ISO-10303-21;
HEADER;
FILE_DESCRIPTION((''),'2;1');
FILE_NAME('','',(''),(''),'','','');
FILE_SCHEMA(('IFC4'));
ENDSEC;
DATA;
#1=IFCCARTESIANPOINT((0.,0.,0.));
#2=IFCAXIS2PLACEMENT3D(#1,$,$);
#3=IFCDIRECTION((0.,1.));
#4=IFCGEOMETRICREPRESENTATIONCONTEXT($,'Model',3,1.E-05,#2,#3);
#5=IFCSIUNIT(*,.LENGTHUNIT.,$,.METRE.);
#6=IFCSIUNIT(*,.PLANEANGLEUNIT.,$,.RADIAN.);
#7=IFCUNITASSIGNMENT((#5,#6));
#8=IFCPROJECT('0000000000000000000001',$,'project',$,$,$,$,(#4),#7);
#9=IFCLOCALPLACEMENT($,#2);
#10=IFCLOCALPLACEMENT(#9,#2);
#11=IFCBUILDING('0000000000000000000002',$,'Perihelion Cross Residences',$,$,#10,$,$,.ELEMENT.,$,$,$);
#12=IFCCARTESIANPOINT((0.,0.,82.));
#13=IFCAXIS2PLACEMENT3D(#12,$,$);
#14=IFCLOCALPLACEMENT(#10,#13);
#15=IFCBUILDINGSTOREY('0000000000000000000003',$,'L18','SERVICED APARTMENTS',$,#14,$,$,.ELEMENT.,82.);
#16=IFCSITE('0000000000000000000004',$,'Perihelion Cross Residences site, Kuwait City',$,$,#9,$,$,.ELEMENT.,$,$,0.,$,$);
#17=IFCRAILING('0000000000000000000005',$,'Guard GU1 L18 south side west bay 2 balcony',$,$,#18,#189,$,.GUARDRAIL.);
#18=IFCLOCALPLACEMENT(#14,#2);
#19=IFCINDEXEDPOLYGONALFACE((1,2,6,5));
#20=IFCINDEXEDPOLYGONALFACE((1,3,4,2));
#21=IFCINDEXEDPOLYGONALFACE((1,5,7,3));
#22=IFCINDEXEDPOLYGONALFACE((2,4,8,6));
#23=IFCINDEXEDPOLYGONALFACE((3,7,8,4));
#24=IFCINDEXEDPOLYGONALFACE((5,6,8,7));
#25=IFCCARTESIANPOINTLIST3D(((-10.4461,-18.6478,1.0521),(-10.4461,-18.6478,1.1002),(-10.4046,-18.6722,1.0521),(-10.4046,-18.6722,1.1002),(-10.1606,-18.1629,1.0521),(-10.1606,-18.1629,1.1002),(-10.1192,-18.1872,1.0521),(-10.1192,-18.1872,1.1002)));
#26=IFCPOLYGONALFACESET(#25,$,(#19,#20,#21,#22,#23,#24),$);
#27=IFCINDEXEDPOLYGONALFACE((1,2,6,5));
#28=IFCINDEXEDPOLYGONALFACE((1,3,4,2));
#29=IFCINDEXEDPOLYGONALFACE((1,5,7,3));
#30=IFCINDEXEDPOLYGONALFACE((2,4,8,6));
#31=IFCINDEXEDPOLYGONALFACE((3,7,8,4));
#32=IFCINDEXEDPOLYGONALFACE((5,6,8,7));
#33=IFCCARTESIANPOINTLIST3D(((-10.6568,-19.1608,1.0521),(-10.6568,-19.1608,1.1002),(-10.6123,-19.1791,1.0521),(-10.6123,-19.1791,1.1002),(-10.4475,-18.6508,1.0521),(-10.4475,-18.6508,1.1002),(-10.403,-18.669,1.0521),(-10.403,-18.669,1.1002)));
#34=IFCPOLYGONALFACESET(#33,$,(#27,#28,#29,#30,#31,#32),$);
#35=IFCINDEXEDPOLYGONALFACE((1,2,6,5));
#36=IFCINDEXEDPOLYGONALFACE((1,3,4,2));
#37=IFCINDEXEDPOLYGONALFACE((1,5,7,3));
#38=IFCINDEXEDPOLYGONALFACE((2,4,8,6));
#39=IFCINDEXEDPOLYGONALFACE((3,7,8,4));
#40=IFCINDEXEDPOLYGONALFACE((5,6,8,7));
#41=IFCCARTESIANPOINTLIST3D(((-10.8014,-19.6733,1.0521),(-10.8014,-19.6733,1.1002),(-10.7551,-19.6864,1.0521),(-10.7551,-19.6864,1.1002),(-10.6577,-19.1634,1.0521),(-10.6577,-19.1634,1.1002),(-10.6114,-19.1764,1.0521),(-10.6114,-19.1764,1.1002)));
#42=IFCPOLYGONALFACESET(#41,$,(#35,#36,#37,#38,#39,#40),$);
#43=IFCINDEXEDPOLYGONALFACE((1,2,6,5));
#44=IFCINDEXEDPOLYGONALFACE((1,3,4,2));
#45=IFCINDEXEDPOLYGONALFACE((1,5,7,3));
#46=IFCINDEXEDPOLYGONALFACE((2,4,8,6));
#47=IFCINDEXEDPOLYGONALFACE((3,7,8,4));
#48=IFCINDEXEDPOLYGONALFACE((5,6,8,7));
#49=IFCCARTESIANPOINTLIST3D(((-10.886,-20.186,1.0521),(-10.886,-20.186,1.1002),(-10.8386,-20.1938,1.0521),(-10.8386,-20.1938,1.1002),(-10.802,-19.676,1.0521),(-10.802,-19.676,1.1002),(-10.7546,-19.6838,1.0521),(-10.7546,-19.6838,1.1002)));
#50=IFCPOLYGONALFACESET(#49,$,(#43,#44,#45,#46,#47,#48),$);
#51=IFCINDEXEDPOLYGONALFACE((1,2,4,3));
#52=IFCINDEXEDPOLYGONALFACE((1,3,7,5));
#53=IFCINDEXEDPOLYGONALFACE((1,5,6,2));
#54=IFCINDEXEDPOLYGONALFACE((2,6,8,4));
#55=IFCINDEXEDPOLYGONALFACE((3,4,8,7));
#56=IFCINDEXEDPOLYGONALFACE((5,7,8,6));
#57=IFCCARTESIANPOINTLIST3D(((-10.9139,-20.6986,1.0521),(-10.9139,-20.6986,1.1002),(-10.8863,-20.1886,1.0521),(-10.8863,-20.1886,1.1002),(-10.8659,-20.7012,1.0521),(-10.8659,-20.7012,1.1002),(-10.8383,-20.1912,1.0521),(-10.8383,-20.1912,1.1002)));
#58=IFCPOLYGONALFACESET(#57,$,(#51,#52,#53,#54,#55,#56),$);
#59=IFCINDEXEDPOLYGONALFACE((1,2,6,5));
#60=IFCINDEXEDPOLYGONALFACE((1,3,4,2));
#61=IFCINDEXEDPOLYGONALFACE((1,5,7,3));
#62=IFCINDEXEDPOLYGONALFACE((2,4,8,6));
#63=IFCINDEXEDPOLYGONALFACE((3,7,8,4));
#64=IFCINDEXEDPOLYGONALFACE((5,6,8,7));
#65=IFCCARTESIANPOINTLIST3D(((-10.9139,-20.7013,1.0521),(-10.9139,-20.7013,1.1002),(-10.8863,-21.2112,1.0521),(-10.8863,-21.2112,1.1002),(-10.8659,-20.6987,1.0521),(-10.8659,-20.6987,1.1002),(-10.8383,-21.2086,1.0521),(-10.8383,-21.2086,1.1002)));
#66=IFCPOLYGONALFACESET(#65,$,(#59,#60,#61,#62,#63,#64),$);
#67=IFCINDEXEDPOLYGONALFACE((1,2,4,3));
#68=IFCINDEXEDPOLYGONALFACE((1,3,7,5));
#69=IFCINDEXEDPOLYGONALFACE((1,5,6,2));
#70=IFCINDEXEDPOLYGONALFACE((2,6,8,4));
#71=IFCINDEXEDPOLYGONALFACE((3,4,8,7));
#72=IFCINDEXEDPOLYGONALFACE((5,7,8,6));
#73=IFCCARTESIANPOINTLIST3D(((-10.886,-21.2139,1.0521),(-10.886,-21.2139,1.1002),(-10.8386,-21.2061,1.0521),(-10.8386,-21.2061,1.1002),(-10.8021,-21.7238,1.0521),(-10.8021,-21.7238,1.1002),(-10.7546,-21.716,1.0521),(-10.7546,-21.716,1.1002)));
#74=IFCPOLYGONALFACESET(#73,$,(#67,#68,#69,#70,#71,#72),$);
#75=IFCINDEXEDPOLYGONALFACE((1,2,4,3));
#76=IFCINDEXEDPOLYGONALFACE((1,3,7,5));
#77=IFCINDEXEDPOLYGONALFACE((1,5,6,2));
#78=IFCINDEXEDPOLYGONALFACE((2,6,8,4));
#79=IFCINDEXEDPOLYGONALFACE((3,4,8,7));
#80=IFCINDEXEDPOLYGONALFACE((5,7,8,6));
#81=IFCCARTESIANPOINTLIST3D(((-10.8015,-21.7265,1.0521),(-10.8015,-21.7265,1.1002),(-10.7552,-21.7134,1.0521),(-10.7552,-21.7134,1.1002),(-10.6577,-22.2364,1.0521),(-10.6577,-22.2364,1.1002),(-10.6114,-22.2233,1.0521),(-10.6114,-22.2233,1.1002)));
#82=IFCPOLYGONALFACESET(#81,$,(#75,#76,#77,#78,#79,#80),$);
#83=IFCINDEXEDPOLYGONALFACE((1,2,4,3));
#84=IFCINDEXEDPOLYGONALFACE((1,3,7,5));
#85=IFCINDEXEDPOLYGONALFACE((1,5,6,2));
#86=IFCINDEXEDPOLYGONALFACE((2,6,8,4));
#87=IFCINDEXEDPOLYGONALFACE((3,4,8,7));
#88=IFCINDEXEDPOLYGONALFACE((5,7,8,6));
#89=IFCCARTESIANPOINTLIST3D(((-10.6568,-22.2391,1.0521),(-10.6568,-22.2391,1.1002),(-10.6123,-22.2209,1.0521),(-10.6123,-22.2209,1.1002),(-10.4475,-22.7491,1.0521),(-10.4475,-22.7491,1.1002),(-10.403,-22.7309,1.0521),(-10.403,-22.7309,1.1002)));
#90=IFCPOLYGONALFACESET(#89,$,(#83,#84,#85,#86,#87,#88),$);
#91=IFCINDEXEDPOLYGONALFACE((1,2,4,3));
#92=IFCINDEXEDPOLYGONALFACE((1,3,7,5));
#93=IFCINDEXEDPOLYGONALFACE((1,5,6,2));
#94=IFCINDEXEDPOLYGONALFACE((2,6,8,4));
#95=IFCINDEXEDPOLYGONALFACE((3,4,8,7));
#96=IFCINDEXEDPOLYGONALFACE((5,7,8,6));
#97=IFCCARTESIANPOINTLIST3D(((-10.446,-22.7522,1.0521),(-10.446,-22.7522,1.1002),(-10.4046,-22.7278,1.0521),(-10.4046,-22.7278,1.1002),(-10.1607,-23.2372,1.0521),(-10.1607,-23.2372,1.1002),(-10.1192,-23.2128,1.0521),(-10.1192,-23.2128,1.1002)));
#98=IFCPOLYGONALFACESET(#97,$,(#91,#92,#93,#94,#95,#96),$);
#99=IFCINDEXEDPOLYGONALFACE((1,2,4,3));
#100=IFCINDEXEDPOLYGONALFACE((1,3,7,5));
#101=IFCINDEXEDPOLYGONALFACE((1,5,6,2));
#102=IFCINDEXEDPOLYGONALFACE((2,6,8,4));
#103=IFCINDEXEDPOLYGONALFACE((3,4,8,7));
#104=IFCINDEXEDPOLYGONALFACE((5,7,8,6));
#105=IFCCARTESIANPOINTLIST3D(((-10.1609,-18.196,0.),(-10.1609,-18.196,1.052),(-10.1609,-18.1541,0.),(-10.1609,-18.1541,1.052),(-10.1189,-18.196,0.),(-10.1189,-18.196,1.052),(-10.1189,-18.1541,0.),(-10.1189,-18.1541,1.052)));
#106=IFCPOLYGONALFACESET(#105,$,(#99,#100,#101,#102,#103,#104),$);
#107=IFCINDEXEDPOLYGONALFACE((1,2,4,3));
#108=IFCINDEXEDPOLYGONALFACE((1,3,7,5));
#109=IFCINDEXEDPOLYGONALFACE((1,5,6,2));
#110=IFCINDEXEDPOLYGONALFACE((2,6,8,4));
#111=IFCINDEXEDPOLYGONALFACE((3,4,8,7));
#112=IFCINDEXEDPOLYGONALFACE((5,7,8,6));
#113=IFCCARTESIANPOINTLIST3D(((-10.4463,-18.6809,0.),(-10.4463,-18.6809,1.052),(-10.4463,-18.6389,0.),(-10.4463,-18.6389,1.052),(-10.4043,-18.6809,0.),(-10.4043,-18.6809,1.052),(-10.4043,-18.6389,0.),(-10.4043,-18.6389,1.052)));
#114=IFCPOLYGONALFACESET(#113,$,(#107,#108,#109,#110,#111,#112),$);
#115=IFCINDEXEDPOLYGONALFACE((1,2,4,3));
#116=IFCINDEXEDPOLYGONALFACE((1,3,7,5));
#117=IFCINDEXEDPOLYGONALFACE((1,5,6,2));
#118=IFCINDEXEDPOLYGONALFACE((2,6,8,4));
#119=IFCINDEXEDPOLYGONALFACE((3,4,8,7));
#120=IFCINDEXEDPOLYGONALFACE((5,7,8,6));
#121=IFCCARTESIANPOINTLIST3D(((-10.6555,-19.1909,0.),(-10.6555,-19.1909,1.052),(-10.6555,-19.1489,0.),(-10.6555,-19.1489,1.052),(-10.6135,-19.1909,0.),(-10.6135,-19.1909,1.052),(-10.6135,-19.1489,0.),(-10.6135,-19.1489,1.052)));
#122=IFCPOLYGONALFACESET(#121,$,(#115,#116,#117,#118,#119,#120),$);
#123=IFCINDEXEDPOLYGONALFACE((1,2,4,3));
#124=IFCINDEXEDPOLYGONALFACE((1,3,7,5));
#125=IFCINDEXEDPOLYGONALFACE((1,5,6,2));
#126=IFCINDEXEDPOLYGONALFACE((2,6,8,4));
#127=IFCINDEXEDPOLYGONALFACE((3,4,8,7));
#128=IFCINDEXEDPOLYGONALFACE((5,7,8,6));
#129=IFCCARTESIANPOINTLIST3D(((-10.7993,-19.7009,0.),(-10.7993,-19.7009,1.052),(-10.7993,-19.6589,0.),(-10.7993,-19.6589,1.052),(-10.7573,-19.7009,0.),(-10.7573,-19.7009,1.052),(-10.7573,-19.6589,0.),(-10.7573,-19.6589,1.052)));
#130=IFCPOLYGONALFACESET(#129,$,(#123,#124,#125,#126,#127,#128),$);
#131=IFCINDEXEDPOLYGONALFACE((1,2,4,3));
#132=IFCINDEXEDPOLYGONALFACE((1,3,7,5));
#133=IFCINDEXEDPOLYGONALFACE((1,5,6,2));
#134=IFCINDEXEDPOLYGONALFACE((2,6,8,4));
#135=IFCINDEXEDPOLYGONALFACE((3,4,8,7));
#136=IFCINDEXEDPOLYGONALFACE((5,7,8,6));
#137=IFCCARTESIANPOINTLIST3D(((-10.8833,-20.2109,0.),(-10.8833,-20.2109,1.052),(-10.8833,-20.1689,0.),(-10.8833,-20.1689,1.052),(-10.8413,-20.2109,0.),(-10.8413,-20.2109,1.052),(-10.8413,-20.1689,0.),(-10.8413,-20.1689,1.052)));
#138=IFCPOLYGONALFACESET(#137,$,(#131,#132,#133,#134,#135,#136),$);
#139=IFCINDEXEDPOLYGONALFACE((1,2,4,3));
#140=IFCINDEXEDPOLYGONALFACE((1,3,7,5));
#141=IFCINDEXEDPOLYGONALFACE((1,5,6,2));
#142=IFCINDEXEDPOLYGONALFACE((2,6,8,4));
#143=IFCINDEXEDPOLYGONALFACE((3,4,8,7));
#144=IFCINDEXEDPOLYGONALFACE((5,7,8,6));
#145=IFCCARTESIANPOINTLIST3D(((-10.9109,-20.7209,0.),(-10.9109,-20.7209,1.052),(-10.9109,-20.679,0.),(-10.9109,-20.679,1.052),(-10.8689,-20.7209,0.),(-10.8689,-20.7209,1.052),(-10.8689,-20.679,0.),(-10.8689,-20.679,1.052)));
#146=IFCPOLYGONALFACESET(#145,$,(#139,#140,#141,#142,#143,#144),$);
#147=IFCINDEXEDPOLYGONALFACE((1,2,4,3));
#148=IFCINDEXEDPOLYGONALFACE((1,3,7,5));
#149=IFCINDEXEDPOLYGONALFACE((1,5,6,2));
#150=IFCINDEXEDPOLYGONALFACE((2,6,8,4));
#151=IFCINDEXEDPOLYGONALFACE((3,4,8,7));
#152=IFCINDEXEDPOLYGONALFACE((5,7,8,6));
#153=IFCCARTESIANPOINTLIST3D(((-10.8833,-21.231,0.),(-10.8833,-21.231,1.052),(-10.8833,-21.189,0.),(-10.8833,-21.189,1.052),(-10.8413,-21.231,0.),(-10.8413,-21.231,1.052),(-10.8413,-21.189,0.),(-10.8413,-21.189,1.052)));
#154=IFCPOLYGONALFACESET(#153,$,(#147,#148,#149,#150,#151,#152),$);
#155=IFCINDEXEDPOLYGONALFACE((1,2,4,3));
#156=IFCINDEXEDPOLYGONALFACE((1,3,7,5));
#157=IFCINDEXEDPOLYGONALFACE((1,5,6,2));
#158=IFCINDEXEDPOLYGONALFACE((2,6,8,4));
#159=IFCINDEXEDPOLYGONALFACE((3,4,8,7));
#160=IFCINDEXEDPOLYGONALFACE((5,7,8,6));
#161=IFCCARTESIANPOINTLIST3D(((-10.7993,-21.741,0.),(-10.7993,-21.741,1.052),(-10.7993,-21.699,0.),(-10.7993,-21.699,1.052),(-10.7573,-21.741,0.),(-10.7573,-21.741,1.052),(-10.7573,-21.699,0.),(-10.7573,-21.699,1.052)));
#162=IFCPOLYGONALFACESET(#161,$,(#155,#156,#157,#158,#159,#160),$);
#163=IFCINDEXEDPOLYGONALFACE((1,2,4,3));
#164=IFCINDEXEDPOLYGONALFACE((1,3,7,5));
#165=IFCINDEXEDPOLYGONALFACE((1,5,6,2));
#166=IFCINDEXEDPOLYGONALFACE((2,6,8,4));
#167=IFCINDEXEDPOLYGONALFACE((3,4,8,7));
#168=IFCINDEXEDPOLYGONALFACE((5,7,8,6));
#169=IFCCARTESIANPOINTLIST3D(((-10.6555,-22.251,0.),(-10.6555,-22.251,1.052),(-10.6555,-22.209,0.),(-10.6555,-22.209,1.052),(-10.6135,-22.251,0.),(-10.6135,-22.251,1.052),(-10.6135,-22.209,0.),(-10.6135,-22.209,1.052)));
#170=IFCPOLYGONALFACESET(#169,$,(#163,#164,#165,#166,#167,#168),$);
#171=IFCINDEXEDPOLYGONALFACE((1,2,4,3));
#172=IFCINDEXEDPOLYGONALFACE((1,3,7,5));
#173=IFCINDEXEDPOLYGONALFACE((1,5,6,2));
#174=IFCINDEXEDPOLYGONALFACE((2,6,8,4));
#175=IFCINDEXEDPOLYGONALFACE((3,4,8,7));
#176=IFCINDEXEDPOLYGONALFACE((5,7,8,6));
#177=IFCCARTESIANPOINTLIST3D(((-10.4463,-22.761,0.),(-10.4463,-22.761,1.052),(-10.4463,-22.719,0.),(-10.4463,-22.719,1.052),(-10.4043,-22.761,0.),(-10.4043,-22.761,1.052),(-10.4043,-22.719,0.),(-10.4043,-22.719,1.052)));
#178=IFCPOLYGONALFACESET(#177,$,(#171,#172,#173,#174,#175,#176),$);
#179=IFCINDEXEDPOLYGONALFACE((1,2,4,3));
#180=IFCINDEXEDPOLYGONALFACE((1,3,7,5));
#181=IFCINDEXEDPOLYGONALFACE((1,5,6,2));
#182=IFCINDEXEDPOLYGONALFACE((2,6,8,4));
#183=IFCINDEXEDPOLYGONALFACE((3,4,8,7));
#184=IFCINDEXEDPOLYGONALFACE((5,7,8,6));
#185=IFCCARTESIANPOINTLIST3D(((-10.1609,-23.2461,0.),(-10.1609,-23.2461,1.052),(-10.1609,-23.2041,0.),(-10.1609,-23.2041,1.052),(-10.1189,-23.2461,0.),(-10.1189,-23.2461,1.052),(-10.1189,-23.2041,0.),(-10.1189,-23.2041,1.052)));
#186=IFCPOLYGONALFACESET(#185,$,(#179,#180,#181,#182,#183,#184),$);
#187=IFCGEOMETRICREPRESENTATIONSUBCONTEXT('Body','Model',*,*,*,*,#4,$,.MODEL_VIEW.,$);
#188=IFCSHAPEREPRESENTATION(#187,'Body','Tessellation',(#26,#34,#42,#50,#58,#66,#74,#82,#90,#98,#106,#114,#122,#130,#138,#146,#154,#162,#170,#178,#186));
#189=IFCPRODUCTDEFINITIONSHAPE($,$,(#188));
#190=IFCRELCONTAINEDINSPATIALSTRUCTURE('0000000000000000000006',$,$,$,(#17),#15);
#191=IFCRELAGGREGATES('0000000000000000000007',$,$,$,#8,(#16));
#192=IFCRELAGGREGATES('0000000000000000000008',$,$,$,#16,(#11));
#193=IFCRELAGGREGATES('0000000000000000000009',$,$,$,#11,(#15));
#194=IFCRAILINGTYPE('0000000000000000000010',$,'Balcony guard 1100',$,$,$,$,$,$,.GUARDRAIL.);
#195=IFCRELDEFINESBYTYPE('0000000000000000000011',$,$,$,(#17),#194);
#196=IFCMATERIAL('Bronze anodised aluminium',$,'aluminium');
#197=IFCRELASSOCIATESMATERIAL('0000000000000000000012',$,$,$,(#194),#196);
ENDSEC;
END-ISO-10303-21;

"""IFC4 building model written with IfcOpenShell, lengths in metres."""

from ifc_helpers import new_model, si_unit, direction, frame, origin, origin_2d, place, context, subcontext, project, spatial, rectangle, extrude, material, type_object, element, save


model = new_model("IFC4")

# Units and contexts
model_context = context("Model", 3, precision=1e-05, world=origin(), true_north=direction((0.0, 1.0)))
body_context = subcontext(model_context, "Body", "Model", "MODEL_VIEW")
ifc_project = project(units=[si_unit("LENGTHUNIT", "METRE"), si_unit("PLANEANGLEUNIT", "RADIAN")], contexts=[model_context])

# Site, building, storey
site_placement = place(None, origin())
site = spatial("IfcSite", under=ifc_project, at=site_placement, Name="Perihelion Cross Residences site, Kuwait City", CompositionType="ELEMENT", RefElevation=0.0)
building_placement = place(site_placement, origin())
building = spatial("IfcBuilding", under=site, at=building_placement, Name="Perihelion Cross Residences", CompositionType="ELEMENT")
storey_placement = place(building_placement, frame((0.0, 0.0, 82.0)))
storey = spatial("IfcBuildingStorey", under=building, at=storey_placement, Name="L18", Description="SERVICED APARTMENTS", CompositionType="ELEMENT", Elevation=82.0)

# Railing
ifc_material_1 = material(Name="Bronze anodised aluminium", Category="aluminium")
railing_type = type_object("IfcRailingType", Name="Balcony guard 1100", PredefinedType="GUARDRAIL", material=ifc_material_1)
railing_1_placement = place(storey_placement, frame((-10.1399, -18.175, 0.0)))
element("IfcRailing", 1, at=railing_1_placement, inside=storey, type_object=railing_type, Name="Guard GU1 L18 south side west bay 2 balcony", PredefinedType="GUARDRAIL", context=body_context, shape_type="SweptSolid", body=[
    extrude(rectangle(XDim=0.0481, YDim=0.0481, at=origin_2d()), frame((0.0, 0.0, 1.0762), z_axis=(-0.507267, -0.861789, 0.0), x_axis=(0.861789, -0.507267, 0.0)), (0.0, 0.0, 1.0), 0.5627),
    extrude(rectangle(XDim=0.0481, YDim=0.0481, at=origin_2d()), frame((-0.2854, -0.4849, 1.0762), z_axis=(-0.379547, -0.925173, 0.0), x_axis=(0.925173, -0.379547, 0.0)), (0.0, 0.0, 1.0), 0.5513),
    extrude(rectangle(XDim=0.0481, YDim=0.0481, at=origin_2d()), frame((-0.4946, -0.9949, 1.0762), z_axis=(-0.271373, -0.962474, 0.0), x_axis=(0.962474, -0.271373, 0.0)), (0.0, 0.0, 1.0), 0.5298),
    extrude(rectangle(XDim=0.0481, YDim=0.0481, at=origin_2d()), frame((-0.6384, -1.5049, 1.0762), z_axis=(-0.162484, -0.986711, 0.0), x_axis=(0.986711, -0.162484, 0.0)), (0.0, 0.0, 1.0), 0.5168),
    extrude(rectangle(XDim=0.0481, YDim=0.0481, at=origin_2d()), frame((-0.7224, -2.0149, 1.0762), z_axis=(-0.054014, -0.99854, 0.0), x_axis=(0.99854, -0.054014, 0.0)), (0.0, 0.0, 1.0), 0.5107),
    extrude(rectangle(XDim=0.0481, YDim=0.0481, at=origin_2d()), frame((-0.75, -2.5249, 1.0762), z_axis=(0.054014, -0.99854, 0.0), x_axis=(0.99854, 0.054014, 0.0)), (0.0, 0.0, 1.0), 0.5107),
    extrude(rectangle(XDim=0.0481, YDim=0.0481, at=origin_2d()), frame((-0.7224, -3.0349, 1.0762), z_axis=(0.162484, -0.986711, 0.0), x_axis=(0.986711, 0.162484, 0.0)), (0.0, 0.0, 1.0), 0.5168),
    extrude(rectangle(XDim=0.0481, YDim=0.0481, at=origin_2d()), frame((-0.6384, -3.5449, 1.0762), z_axis=(0.271373, -0.962474, 0.0), x_axis=(0.962474, 0.271373, 0.0)), (0.0, 0.0, 1.0), 0.5298),
    extrude(rectangle(XDim=0.0481, YDim=0.0481, at=origin_2d()), frame((-0.4946, -4.0549, 1.0762), z_axis=(0.379547, -0.925173, 0.0), x_axis=(0.925173, 0.379547, 0.0)), (0.0, 0.0, 1.0), 0.5513),
    extrude(rectangle(XDim=0.0481, YDim=0.0481, at=origin_2d()), frame((-0.2854, -4.5649, 1.0762), z_axis=(0.507077, -0.861901, 0.0), x_axis=(0.861901, 0.507077, 0.0)), (0.0, 0.0, 1.0), 0.5627),
    extrude(rectangle(XDim=0.042, YDim=0.042, at=origin_2d()), origin(), (0.0, 0.0, 1.0), 1.052),
    extrude(rectangle(XDim=0.042, YDim=0.042, at=origin_2d()), frame((-0.2854, -0.4849, 0.0)), (0.0, 0.0, 1.0), 1.052),
    extrude(rectangle(XDim=0.042, YDim=0.042, at=origin_2d()), frame((-0.4946, -0.9949, 0.0)), (0.0, 0.0, 1.0), 1.052),
    extrude(rectangle(XDim=0.042, YDim=0.042, at=origin_2d()), frame((-0.6384, -1.5049, 0.0)), (0.0, 0.0, 1.0), 1.052),
    extrude(rectangle(XDim=0.042, YDim=0.042, at=origin_2d()), frame((-0.7224, -2.0149, 0.0)), (0.0, 0.0, 1.0), 1.052),
    extrude(rectangle(XDim=0.042, YDim=0.042, at=origin_2d()), frame((-0.75, -2.5249, 0.0)), (0.0, 0.0, 1.0), 1.052),
    extrude(rectangle(XDim=0.042, YDim=0.042, at=origin_2d()), frame((-0.7224, -3.0349, 0.0)), (0.0, 0.0, 1.0), 1.052),
    extrude(rectangle(XDim=0.042, YDim=0.042, at=origin_2d()), frame((-0.6384, -3.5449, 0.0)), (0.0, 0.0, 1.0), 1.052),
    extrude(rectangle(XDim=0.042, YDim=0.042, at=origin_2d()), frame((-0.4946, -4.0549, 0.0)), (0.0, 0.0, 1.0), 1.052),
    extrude(rectangle(XDim=0.042, YDim=0.042, at=origin_2d()), frame((-0.2854, -4.5649, 0.0)), (0.0, 0.0, 1.0), 1.052),
    extrude(rectangle(XDim=0.042, YDim=0.042, at=origin_2d()), frame((0.0, -5.05, 0.0)), (0.0, 0.0, 1.0), 1.052),
])

save(model, "model.ifc")
